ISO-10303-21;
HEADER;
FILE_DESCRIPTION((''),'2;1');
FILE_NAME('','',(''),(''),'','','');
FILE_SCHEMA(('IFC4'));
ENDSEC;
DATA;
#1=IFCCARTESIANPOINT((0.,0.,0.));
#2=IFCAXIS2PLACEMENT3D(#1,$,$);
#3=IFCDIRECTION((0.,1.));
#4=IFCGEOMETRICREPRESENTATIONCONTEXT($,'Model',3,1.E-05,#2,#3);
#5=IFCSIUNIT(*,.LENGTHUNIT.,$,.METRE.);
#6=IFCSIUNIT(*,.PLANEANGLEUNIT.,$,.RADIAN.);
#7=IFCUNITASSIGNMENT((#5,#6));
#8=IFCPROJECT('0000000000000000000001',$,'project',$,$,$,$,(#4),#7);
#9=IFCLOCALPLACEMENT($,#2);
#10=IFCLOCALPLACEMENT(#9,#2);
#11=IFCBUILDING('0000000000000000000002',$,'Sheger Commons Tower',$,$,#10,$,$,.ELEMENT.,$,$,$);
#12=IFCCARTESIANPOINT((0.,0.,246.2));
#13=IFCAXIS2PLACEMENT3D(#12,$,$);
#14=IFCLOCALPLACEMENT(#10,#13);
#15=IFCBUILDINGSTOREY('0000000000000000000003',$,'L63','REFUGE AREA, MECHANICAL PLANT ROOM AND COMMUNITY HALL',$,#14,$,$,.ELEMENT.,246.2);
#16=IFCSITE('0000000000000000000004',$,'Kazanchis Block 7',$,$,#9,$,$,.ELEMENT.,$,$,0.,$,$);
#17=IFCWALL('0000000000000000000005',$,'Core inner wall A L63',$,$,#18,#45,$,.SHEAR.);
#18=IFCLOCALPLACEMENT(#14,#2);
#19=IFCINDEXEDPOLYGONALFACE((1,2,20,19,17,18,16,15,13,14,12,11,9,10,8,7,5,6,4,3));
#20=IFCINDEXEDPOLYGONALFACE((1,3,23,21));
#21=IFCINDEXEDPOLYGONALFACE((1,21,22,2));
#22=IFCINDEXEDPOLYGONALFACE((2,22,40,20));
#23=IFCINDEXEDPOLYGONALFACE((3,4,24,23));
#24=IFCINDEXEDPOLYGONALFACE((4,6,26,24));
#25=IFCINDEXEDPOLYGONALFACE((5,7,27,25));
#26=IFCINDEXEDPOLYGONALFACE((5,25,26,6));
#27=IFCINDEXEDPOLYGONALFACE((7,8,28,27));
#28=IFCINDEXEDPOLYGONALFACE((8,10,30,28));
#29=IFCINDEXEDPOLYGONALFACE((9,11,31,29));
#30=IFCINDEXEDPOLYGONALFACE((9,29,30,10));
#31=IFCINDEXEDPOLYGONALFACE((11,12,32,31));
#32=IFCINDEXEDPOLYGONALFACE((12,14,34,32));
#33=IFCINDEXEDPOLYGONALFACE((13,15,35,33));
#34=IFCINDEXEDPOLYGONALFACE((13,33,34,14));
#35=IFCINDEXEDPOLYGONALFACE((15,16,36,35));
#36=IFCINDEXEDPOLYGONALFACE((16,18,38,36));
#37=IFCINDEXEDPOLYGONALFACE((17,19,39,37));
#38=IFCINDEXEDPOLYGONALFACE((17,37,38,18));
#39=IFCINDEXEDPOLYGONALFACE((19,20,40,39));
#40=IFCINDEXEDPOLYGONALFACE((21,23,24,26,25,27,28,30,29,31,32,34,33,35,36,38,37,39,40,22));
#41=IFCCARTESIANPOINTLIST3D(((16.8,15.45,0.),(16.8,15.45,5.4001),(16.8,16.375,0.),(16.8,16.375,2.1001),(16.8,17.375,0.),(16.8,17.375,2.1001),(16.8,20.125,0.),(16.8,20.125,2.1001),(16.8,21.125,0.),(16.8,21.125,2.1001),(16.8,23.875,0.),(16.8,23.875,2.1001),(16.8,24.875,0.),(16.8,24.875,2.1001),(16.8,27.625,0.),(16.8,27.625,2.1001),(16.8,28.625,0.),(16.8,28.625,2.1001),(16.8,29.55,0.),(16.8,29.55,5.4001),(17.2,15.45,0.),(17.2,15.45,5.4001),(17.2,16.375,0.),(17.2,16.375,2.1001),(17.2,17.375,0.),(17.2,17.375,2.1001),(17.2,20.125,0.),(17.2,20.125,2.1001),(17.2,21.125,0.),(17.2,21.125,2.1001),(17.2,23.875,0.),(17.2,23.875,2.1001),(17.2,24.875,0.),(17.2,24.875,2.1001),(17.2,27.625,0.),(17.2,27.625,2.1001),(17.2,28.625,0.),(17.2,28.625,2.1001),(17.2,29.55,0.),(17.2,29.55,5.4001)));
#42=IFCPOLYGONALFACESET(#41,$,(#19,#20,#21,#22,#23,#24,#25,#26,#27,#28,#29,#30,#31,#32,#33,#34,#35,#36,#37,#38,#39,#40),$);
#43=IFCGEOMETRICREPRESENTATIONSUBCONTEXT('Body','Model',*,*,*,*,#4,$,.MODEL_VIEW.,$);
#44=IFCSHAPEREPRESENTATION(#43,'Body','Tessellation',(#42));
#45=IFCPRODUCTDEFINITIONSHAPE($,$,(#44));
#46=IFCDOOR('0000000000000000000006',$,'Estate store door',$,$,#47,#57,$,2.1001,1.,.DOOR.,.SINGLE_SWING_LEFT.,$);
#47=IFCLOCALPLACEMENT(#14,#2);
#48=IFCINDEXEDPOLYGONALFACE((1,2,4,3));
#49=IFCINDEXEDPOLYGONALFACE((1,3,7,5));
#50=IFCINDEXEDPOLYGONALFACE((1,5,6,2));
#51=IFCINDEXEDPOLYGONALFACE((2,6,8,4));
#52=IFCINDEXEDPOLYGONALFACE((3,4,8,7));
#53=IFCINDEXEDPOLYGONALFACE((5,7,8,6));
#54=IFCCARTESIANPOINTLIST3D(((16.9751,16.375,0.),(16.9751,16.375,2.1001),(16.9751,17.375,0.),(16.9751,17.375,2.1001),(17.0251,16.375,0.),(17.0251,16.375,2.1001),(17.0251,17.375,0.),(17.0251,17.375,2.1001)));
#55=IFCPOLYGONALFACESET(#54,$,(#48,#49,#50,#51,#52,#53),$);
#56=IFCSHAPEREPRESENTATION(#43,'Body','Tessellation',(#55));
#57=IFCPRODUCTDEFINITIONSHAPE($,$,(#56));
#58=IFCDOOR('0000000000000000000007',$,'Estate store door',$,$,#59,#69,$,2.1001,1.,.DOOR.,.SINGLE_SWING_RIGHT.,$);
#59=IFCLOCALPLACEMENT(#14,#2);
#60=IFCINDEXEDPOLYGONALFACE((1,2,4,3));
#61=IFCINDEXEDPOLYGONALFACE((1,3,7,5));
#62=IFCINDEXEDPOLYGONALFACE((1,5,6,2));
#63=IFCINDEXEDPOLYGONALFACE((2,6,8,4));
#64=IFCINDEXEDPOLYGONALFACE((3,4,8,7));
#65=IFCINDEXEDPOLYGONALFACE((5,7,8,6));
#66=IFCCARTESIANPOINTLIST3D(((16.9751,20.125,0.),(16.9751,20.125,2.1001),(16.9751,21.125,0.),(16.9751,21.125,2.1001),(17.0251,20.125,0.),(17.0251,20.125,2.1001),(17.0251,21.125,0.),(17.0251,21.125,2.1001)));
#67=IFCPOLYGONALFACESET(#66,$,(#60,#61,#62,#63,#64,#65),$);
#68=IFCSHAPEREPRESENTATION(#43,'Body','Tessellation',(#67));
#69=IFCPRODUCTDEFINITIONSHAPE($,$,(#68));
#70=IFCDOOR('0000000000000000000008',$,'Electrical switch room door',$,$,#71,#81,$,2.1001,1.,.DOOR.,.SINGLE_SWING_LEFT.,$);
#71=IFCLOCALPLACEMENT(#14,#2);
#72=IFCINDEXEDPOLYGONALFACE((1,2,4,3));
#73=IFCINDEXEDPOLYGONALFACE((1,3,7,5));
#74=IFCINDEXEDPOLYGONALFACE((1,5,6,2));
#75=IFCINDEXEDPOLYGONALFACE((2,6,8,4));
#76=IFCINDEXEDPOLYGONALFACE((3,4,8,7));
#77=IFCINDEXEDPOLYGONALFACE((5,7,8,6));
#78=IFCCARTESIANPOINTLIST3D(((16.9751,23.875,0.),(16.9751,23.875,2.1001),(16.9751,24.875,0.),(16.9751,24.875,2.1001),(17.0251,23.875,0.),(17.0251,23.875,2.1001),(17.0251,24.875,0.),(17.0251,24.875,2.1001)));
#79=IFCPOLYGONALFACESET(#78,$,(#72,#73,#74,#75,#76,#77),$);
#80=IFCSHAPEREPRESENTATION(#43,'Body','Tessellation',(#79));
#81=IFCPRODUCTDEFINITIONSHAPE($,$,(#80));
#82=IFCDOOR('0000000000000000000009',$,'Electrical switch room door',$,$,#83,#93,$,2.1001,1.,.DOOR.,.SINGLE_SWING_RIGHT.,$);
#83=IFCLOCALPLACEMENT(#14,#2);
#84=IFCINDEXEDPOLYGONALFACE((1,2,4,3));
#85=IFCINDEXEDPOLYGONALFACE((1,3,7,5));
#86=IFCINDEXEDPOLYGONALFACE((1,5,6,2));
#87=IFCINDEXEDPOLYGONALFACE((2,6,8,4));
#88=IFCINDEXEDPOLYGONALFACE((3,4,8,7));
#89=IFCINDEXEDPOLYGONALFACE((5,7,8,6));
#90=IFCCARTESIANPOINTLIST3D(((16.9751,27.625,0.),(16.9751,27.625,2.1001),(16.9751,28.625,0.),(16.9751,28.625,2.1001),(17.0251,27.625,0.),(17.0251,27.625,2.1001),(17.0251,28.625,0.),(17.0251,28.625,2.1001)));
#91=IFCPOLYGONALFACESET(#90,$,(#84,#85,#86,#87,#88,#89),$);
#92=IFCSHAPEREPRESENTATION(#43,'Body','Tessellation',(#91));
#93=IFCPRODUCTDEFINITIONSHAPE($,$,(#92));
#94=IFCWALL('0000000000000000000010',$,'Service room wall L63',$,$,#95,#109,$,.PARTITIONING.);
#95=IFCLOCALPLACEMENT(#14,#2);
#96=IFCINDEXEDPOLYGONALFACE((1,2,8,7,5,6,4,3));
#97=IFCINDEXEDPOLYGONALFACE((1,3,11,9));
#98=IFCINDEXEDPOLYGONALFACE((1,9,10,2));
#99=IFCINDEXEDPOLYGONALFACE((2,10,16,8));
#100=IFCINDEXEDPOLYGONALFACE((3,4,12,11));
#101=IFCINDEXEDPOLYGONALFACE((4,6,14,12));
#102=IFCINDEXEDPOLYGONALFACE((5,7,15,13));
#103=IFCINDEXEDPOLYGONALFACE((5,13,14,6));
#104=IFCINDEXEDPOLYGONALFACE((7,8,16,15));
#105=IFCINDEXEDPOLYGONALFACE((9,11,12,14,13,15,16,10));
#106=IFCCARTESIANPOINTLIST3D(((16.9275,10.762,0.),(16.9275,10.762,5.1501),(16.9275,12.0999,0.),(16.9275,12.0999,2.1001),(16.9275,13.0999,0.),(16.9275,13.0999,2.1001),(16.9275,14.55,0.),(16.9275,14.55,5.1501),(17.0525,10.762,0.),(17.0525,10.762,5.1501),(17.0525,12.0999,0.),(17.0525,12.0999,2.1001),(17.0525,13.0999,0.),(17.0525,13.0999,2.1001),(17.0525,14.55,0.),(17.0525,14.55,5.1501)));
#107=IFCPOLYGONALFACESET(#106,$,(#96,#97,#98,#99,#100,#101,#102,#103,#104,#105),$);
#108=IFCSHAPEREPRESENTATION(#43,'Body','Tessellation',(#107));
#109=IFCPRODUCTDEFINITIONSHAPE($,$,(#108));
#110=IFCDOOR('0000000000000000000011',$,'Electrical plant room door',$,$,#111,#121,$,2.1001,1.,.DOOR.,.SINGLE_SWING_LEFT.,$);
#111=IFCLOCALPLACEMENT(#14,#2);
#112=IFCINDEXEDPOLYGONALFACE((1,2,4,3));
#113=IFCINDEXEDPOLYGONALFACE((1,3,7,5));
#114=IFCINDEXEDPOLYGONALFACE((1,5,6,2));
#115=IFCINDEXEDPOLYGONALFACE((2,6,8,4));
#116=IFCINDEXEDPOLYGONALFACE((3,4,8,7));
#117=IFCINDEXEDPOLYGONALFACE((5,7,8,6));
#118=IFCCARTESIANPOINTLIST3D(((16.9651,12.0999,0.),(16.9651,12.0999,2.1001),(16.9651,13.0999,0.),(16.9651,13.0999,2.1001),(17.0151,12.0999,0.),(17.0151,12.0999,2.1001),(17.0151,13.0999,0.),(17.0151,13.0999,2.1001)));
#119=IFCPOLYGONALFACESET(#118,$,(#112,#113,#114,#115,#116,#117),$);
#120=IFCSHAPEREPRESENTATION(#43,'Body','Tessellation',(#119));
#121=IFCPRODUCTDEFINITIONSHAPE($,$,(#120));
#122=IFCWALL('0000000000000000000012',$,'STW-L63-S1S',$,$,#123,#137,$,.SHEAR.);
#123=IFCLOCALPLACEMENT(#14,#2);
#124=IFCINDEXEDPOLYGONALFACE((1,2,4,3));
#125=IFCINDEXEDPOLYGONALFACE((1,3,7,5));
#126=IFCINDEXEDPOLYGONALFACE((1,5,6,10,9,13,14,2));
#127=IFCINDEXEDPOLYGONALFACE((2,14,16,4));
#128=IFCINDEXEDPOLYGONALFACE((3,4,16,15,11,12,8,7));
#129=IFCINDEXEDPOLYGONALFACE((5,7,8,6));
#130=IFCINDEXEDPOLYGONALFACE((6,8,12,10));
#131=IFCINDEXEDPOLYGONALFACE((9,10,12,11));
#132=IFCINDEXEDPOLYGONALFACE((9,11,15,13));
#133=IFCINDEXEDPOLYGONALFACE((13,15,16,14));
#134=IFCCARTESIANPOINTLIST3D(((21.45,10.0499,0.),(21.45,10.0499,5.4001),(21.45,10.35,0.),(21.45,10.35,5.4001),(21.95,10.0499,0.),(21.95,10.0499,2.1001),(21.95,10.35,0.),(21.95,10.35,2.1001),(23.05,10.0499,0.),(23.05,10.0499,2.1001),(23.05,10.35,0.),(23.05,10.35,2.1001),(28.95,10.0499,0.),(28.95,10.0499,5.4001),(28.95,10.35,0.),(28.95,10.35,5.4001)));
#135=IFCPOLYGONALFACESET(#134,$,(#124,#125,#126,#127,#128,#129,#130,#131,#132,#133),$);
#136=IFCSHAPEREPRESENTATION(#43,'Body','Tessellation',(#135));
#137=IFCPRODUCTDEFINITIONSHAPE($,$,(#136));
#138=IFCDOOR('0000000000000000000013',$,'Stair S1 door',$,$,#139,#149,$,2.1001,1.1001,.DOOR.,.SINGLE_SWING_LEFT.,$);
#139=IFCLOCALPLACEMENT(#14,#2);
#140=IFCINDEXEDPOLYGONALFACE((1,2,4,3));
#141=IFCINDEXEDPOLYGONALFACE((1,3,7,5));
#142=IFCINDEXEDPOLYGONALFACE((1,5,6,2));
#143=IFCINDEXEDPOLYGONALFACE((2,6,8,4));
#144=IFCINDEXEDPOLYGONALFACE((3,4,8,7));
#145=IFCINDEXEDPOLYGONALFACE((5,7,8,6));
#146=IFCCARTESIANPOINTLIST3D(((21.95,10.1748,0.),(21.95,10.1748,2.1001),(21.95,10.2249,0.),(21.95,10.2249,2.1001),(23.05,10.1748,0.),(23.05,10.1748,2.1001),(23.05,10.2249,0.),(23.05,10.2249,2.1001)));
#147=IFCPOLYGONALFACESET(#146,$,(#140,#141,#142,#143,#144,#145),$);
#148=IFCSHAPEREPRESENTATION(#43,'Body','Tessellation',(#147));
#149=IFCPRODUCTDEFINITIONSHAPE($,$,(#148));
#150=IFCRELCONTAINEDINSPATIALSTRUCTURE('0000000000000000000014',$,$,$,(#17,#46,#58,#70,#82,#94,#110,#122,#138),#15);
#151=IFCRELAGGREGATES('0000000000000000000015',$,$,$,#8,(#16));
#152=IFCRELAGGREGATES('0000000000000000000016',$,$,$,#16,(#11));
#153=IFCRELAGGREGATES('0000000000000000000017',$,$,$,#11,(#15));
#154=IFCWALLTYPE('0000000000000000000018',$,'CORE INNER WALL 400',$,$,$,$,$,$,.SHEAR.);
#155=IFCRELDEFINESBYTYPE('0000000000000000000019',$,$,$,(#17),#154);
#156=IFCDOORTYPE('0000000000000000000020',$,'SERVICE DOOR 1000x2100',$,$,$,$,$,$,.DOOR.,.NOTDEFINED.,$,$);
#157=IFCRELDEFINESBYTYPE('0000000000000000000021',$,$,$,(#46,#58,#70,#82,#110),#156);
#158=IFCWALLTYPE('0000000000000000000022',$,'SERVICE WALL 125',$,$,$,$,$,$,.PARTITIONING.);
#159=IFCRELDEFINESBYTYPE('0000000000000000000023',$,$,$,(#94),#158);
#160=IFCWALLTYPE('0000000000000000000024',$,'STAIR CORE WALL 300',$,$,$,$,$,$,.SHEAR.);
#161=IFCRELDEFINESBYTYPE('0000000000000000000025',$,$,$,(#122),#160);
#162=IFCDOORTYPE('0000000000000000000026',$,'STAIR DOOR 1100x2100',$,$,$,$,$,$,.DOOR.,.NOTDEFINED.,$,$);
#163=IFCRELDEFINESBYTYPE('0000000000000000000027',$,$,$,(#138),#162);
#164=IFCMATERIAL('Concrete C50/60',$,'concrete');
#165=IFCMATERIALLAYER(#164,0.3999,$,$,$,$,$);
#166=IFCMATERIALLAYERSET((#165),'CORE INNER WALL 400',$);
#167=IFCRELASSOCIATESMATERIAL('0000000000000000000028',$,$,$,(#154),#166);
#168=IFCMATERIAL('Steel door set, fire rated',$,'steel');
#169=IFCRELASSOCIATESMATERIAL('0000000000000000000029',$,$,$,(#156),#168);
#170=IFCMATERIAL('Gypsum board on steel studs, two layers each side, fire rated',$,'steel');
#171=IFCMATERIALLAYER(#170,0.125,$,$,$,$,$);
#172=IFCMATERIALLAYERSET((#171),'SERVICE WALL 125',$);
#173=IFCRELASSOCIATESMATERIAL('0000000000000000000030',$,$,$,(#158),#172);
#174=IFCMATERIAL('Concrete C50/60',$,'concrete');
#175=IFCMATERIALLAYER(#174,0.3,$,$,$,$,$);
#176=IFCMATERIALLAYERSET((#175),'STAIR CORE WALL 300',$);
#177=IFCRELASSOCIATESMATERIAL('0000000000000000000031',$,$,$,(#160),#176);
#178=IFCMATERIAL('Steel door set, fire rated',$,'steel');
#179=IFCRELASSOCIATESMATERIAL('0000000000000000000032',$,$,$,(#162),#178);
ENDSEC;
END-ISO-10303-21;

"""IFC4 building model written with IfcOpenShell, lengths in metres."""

from ifc_helpers import new_model, si_unit, direction, frame, frame_2d, origin, place, context, subcontext, project, spatial, rectangle, extrude, material, layer, layer_set, type_object, element, fill, save


model = new_model("IFC4")

# Units and contexts
model_context = context("Model", 3, precision=1e-05, world=origin(), true_north=direction((0.0, 1.0)))
body_context = subcontext(model_context, "Body", "Model", "MODEL_VIEW")
ifc_project = project(units=[si_unit("LENGTHUNIT", "METRE"), si_unit("PLANEANGLEUNIT", "RADIAN")], contexts=[model_context])

# Site, building, storey
site_placement = place(None, origin())
site = spatial("IfcSite", under=ifc_project, at=site_placement, Name="Kazanchis Block 7", CompositionType="ELEMENT", RefElevation=0.0)
building_placement = place(site_placement, origin())
building = spatial("IfcBuilding", under=site, at=building_placement, Name="Sheger Commons Tower", CompositionType="ELEMENT")
storey_placement = place(building_placement, frame((0.0, 0.0, 246.2)))
storey = spatial("IfcBuildingStorey", under=building, at=storey_placement, Name="L63", Description="REFUGE AREA, MECHANICAL PLANT ROOM AND COMMUNITY HALL", CompositionType="ELEMENT", Elevation=246.2)

# Wall, openings, doors
ifc_material_1 = material(Name="Concrete C50/60", Category="concrete")
ifc_layer_1 = layer(ifc_material_1, 0.3999)
ifc_layer_set_1 = layer_set([ifc_layer_1], Name="CORE INNER WALL 400")
wall_type_1 = type_object("IfcWallType", Name="CORE INNER WALL 400", PredefinedType="SHEAR", material=ifc_layer_set_1)
wall_1_placement = place(storey_placement, frame((17.0, 15.45, 0.0), z_axis=(0.0, 0.0, 1.0), x_axis=(0.0, 1.0, 0.0)))
wall_1 = element("IfcWall", 1, at=wall_1_placement, inside=storey, type_object=wall_type_1, Name="Core inner wall A L63", PredefinedType="SHEAR", context=body_context, shape_type="SweptSolid", body=[
    extrude(rectangle(XDim=14.1001, YDim=0.3999, at=frame_2d((7.05, 0.0))), origin(), (0.0, 0.0, 1.0), 5.4001),
])
opening_1_placement = place(wall_1_placement, frame((0.925, 0.0, 0.0)))
opening_1 = element("IfcOpeningElement", 2, at=opening_1_placement, cuts=wall_1, PredefinedType="OPENING", context=body_context, shape_type="SweptSolid", body=[
    extrude(rectangle(XDim=1.0, YDim=2.1001, at=frame_2d((0.5, 1.05))), frame((0.0, 0.21, 0.0), z_axis=(0.0, -1.0, 0.0), x_axis=(1.0, 0.0, 0.0)), (0.0, 0.0, 1.0), 0.4199),
])
opening_2_placement = place(wall_1_placement, frame((4.675, 0.0, 0.0)))
opening_2 = element("IfcOpeningElement", 3, at=opening_2_placement, cuts=wall_1, PredefinedType="OPENING", context=body_context, shape_type="SweptSolid", body=[
    extrude(rectangle(XDim=1.0, YDim=2.1001, at=frame_2d((0.5, 1.05))), frame((0.0, 0.21, 0.0), z_axis=(0.0, -1.0, 0.0), x_axis=(1.0, 0.0, 0.0)), (0.0, 0.0, 1.0), 0.4199),
])
opening_3_placement = place(wall_1_placement, frame((8.425, 0.0, 0.0)))
opening_3 = element("IfcOpeningElement", 4, at=opening_3_placement, cuts=wall_1, PredefinedType="OPENING", context=body_context, shape_type="SweptSolid", body=[
    extrude(rectangle(XDim=1.0, YDim=2.1001, at=frame_2d((0.5, 1.05))), frame((0.0, 0.21, 0.0), z_axis=(0.0, -1.0, 0.0), x_axis=(1.0, 0.0, 0.0)), (0.0, 0.0, 1.0), 0.4199),
])
opening_4_placement = place(wall_1_placement, frame((12.175, 0.0, 0.0)))
opening_4 = element("IfcOpeningElement", 5, at=opening_4_placement, cuts=wall_1, PredefinedType="OPENING", context=body_context, shape_type="SweptSolid", body=[
    extrude(rectangle(XDim=1.0, YDim=2.1001, at=frame_2d((0.5, 1.05))), frame((0.0, 0.21, 0.0), z_axis=(0.0, -1.0, 0.0), x_axis=(1.0, 0.0, 0.0)), (0.0, 0.0, 1.0), 0.4199),
])
ifc_material_2 = material(Name="Steel door set, fire rated", Category="steel")
door_type_1 = type_object("IfcDoorType", Name="SERVICE DOOR 1000x2100", OperationType="NOTDEFINED", PredefinedType="DOOR", material=ifc_material_2)
door_1_placement = place(opening_1_placement, origin())
door_1 = element("IfcDoor", 6, at=door_1_placement, inside=storey, type_object=door_type_1, Name="Estate store door", OperationType="SINGLE_SWING_LEFT", OverallHeight=2.1001, OverallWidth=1.0, PredefinedType="DOOR", context=body_context, shape_type="SweptSolid", body=[
    extrude(rectangle(XDim=1.0, YDim=2.1001, at=frame_2d((0.5, 1.05))), frame((0.0, 0.0249, 0.0), z_axis=(0.0, -1.0, 0.0), x_axis=(1.0, 0.0, 0.0)), (0.0, 0.0, 1.0), 0.05),
])
fill(opening_1, door_1)
door_2_placement = place(opening_2_placement, origin())
door_2 = element("IfcDoor", 7, at=door_2_placement, inside=storey, type_object=door_type_1, Name="Estate store door", OperationType="SINGLE_SWING_RIGHT", OverallHeight=2.1001, OverallWidth=1.0, PredefinedType="DOOR", context=body_context, shape_type="SweptSolid", body=[
    extrude(rectangle(XDim=1.0, YDim=2.1001, at=frame_2d((0.5, 1.05))), frame((0.0, 0.0249, 0.0), z_axis=(0.0, -1.0, 0.0), x_axis=(1.0, 0.0, 0.0)), (0.0, 0.0, 1.0), 0.05),
])
fill(opening_2, door_2)
door_3_placement = place(opening_3_placement, origin())
door_3 = element("IfcDoor", 8, at=door_3_placement, inside=storey, type_object=door_type_1, Name="Electrical switch room door", OperationType="SINGLE_SWING_LEFT", OverallHeight=2.1001, OverallWidth=1.0, PredefinedType="DOOR", context=body_context, shape_type="SweptSolid", body=[
    extrude(rectangle(XDim=1.0, YDim=2.1001, at=frame_2d((0.5, 1.05))), frame((0.0, 0.0249, 0.0), z_axis=(0.0, -1.0, 0.0), x_axis=(1.0, 0.0, 0.0)), (0.0, 0.0, 1.0), 0.05),
])
fill(opening_3, door_3)
door_4_placement = place(opening_4_placement, origin())
door_4 = element("IfcDoor", 9, at=door_4_placement, inside=storey, type_object=door_type_1, Name="Electrical switch room door", OperationType="SINGLE_SWING_RIGHT", OverallHeight=2.1001, OverallWidth=1.0, PredefinedType="DOOR", context=body_context, shape_type="SweptSolid", body=[
    extrude(rectangle(XDim=1.0, YDim=2.1001, at=frame_2d((0.5, 1.05))), frame((0.0, 0.0249, 0.0), z_axis=(0.0, -1.0, 0.0), x_axis=(1.0, 0.0, 0.0)), (0.0, 0.0, 1.0), 0.05),
])
fill(opening_4, door_4)

# Walls, openings, doors
ifc_material_3 = material(Name="Gypsum board on steel studs, two layers each side, fire rated", Category="steel")
ifc_layer_2 = layer(ifc_material_3, 0.125)
ifc_layer_set_2 = layer_set([ifc_layer_2], Name="SERVICE WALL 125")
wall_type_2 = type_object("IfcWallType", Name="SERVICE WALL 125", PredefinedType="PARTITIONING", material=ifc_layer_set_2)
wall_2_placement = place(storey_placement, frame((16.99, 10.762, 0.0), z_axis=(0.0, 0.0, 1.0), x_axis=(0.0, 1.0, 0.0)))
wall_2 = element("IfcWall", 10, at=wall_2_placement, inside=storey, type_object=wall_type_2, Name="Service room wall L63", PredefinedType="PARTITIONING", context=body_context, shape_type="SweptSolid", body=[
    extrude(rectangle(XDim=3.7881, YDim=0.125, at=frame_2d((1.894, 0.0))), origin(), (0.0, 0.0, 1.0), 5.1501),
])
opening_5_placement = place(wall_2_placement, frame((1.3379, 0.0, 0.0)))
opening_5 = element("IfcOpeningElement", 11, at=opening_5_placement, cuts=wall_2, PredefinedType="OPENING", context=body_context, shape_type="SweptSolid", body=[
    extrude(rectangle(XDim=1.0, YDim=2.1001, at=frame_2d((0.5, 1.05))), frame((0.0, 0.0725, 0.0), z_axis=(0.0, -1.0, 0.0), x_axis=(1.0, 0.0, 0.0)), (0.0, 0.0, 1.0), 0.145),
])
door_5_placement = place(opening_5_placement, origin())
door_5 = element("IfcDoor", 12, at=door_5_placement, inside=storey, type_object=door_type_1, Name="Electrical plant room door", OperationType="SINGLE_SWING_LEFT", OverallHeight=2.1001, OverallWidth=1.0, PredefinedType="DOOR", context=body_context, shape_type="SweptSolid", body=[
    extrude(rectangle(XDim=1.0, YDim=2.1001, at=frame_2d((0.5, 1.05))), frame((0.0, 0.0249, 0.0), z_axis=(0.0, -1.0, 0.0), x_axis=(1.0, 0.0, 0.0)), (0.0, 0.0, 1.0), 0.05),
])
fill(opening_5, door_5)
ifc_material_4 = material(Name="Concrete C50/60", Category="concrete")
ifc_layer_3 = layer(ifc_material_4, 0.3)
ifc_layer_set_3 = layer_set([ifc_layer_3], Name="STAIR CORE WALL 300")
wall_type_3 = type_object("IfcWallType", Name="STAIR CORE WALL 300", PredefinedType="SHEAR", material=ifc_layer_set_3)
wall_3_placement = place(storey_placement, frame((21.45, 10.2, 0.0), z_axis=(0.0, 0.0, 1.0), x_axis=(1.0, 0.0, 0.0)))
wall_3 = element("IfcWall", 13, at=wall_3_placement, inside=storey, type_object=wall_type_3, Name="STW-L63-S1S", PredefinedType="SHEAR", context=body_context, shape_type="SweptSolid", body=[
    extrude(rectangle(XDim=7.5, YDim=0.3, at=frame_2d((3.75, 0.0))), origin(), (0.0, 0.0, 1.0), 5.4001),
])
opening_6_placement = place(wall_3_placement, frame((0.5, 0.0, 0.0)))
opening_6 = element("IfcOpeningElement", 14, at=opening_6_placement, cuts=wall_3, PredefinedType="OPENING", context=body_context, shape_type="SweptSolid", body=[
    extrude(rectangle(XDim=1.1001, YDim=2.1001, at=frame_2d((0.55, 1.05))), frame((0.0, 0.1599, 0.0), z_axis=(0.0, -1.0, 0.0), x_axis=(1.0, 0.0, 0.0)), (0.0, 0.0, 1.0), 0.3201),
])
ifc_material_5 = material(Name="Steel door set, fire rated", Category="steel")
door_type_2 = type_object("IfcDoorType", Name="STAIR DOOR 1100x2100", OperationType="NOTDEFINED", PredefinedType="DOOR", material=ifc_material_5)
door_6_placement = place(opening_6_placement, origin())
door_6 = element("IfcDoor", 15, at=door_6_placement, inside=storey, type_object=door_type_2, Name="Stair S1 door", OperationType="SINGLE_SWING_LEFT", OverallHeight=2.1001, OverallWidth=1.1001, PredefinedType="DOOR", context=body_context, shape_type="SweptSolid", body=[
    extrude(rectangle(XDim=1.1001, YDim=2.1001, at=frame_2d((0.55, 1.05))), frame((0.0, 0.0249, 0.0), z_axis=(0.0, -1.0, 0.0), x_axis=(1.0, 0.0, 0.0)), (0.0, 0.0, 1.0), 0.05),
])
fill(opening_6, door_6)

save(model, "model.ifc")
